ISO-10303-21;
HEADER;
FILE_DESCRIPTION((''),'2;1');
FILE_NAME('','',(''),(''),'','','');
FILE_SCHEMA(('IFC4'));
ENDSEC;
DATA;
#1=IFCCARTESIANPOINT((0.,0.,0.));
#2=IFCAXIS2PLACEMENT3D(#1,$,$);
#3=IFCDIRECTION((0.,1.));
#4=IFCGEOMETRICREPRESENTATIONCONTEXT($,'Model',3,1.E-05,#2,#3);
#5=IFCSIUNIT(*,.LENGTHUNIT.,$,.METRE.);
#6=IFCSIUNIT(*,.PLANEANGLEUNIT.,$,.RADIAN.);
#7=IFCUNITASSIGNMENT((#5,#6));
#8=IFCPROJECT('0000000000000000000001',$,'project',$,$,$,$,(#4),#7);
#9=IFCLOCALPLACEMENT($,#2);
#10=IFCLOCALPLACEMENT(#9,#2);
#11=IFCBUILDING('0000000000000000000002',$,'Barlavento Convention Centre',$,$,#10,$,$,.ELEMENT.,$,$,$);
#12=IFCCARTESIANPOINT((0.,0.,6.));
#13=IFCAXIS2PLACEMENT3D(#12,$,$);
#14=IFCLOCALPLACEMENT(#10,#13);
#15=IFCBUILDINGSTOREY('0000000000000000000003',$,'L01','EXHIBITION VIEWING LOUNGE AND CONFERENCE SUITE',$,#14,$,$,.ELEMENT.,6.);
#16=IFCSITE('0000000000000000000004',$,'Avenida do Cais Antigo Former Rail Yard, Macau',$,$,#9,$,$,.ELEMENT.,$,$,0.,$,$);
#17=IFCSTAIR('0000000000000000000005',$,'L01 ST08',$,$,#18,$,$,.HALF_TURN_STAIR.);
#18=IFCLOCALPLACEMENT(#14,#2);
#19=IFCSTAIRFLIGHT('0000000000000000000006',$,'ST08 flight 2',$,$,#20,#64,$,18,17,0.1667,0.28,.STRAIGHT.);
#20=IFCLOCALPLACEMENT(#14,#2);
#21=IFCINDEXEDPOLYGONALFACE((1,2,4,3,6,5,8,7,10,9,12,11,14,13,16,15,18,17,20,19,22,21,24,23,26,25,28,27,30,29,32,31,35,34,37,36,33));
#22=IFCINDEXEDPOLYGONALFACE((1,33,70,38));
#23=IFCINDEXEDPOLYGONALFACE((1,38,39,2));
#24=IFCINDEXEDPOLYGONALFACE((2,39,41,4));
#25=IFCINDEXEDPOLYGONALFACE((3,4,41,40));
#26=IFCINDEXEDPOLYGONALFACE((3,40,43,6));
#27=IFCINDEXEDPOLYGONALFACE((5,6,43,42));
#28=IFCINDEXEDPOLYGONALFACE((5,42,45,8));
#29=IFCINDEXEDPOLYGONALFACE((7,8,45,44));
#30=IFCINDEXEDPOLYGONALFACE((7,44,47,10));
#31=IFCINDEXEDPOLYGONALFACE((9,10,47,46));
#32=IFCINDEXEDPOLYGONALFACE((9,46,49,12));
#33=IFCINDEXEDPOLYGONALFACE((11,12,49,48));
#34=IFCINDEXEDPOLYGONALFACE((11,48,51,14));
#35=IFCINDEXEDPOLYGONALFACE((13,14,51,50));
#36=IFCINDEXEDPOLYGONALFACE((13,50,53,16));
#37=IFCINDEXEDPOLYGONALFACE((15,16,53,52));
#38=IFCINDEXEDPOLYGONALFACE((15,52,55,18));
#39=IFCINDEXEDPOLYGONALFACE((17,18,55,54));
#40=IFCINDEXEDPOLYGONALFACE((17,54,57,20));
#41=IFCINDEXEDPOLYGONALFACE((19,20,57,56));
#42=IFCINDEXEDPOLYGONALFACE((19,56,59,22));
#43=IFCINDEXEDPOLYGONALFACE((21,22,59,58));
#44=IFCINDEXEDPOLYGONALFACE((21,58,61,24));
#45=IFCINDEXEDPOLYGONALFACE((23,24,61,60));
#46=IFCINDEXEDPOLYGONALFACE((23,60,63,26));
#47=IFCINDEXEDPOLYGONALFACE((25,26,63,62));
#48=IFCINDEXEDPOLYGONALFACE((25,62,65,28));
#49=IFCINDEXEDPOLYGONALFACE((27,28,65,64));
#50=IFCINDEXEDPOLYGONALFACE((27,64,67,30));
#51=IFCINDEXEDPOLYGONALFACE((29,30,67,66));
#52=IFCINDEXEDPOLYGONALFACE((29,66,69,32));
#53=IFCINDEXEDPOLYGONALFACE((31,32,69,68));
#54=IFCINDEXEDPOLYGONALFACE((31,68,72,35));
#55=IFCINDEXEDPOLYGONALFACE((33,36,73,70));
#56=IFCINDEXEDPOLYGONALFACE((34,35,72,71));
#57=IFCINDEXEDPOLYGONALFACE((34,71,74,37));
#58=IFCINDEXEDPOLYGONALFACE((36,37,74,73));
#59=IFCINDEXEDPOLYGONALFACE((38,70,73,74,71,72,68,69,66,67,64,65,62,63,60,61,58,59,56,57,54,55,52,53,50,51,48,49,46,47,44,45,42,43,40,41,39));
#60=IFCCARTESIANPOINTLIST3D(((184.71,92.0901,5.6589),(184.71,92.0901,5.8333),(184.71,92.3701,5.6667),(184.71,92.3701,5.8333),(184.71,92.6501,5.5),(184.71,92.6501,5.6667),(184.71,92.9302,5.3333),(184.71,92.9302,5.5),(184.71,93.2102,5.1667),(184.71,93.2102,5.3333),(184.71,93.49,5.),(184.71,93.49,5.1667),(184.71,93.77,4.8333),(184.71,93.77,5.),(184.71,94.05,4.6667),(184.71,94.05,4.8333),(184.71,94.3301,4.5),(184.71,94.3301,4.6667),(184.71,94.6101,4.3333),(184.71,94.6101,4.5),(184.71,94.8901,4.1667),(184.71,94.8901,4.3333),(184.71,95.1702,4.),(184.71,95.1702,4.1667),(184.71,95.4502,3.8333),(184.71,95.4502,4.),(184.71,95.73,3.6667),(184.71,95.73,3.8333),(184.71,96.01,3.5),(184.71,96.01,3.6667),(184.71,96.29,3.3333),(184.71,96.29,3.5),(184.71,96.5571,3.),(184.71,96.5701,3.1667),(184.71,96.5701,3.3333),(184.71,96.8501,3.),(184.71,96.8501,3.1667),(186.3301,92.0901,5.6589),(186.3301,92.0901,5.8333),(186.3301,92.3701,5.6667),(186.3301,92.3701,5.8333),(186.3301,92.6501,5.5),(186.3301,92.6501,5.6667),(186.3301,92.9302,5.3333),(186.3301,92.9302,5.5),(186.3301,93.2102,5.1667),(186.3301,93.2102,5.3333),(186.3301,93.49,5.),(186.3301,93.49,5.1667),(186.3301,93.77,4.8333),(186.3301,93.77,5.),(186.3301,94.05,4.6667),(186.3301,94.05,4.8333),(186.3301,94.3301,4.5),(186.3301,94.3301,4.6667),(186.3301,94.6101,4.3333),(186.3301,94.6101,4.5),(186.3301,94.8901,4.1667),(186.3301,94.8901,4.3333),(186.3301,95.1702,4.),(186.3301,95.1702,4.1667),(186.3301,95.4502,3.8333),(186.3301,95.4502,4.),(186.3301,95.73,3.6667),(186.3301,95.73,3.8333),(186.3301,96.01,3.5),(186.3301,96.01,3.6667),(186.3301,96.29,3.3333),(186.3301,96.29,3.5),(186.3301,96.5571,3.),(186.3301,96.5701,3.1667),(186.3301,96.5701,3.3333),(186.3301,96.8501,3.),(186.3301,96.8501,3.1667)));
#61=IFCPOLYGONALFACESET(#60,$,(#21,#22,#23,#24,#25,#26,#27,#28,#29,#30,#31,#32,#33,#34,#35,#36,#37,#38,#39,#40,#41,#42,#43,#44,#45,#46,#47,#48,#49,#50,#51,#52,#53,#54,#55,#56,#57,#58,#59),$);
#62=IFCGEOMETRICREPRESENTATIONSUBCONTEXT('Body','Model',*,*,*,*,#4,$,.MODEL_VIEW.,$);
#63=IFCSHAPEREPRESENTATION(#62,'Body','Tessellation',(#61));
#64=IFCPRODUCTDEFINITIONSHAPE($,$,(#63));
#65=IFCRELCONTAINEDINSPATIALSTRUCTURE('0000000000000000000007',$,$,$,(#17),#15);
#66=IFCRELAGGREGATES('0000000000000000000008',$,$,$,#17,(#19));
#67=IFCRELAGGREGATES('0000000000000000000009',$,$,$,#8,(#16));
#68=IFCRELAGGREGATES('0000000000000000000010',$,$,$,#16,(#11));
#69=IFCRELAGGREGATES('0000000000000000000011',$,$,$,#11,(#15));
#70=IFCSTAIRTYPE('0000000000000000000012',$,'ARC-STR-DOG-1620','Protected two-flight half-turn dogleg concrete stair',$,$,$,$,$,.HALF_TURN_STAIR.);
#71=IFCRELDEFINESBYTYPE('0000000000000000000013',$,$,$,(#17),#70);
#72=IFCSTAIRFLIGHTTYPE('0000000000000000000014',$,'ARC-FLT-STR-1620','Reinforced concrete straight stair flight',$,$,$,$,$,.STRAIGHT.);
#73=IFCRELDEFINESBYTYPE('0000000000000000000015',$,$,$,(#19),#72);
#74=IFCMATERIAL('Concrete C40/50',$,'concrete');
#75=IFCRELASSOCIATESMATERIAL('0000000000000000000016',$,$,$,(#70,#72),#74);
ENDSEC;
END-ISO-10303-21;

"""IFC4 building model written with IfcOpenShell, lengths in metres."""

from ifc_helpers import new_model, si_unit, direction, frame, origin, place, context, subcontext, project, spatial, polyline, outline, extrude, material, type_object, element, aggregate, save


model = new_model("IFC4")

# Units and contexts
model_context = context("Model", 3, precision=1e-05, world=origin(), true_north=direction((0.0, 1.0)))
body_context = subcontext(model_context, "Body", "Model", "MODEL_VIEW")
ifc_project = project(units=[si_unit("LENGTHUNIT", "METRE"), si_unit("PLANEANGLEUNIT", "RADIAN")], contexts=[model_context])

# Site, building, storey
site_placement = place(None, origin())
site = spatial("IfcSite", under=ifc_project, at=site_placement, Name="Avenida do Cais Antigo Former Rail Yard, Macau", CompositionType="ELEMENT", RefElevation=0.0)
building_placement = place(site_placement, origin())
building = spatial("IfcBuilding", under=site, at=building_placement, Name="Barlavento Convention Centre", CompositionType="ELEMENT")
storey_placement = place(building_placement, frame((0.0, 0.0, 6.0)))
storey = spatial("IfcBuildingStorey", under=building, at=storey_placement, Name="L01", Description="EXHIBITION VIEWING LOUNGE AND CONFERENCE SUITE", CompositionType="ELEMENT", Elevation=6.0)

# Stair, stair flight
ifc_material_1 = material(Name="Concrete C40/50", Category="concrete")
stair_type = type_object("IfcStairType", Name="ARC-STR-DOG-1620", Description="Protected two-flight half-turn dogleg concrete stair", PredefinedType="HALF_TURN_STAIR", material=ifc_material_1)
stair_placement = place(storey_placement, origin())
stair = element("IfcStair", 1, at=stair_placement, inside=storey, type_object=stair_type, Name="L01 ST08", PredefinedType="HALF_TURN_STAIR")
stair_flight_type = type_object("IfcStairFlightType", Name="ARC-FLT-STR-1620", Description="Reinforced concrete straight stair flight", PredefinedType="STRAIGHT", material=ifc_material_1)
stair_flight_1_placement = place(storey_placement, frame((185.52, 96.8501, 3.0), z_axis=(0.0, 0.0, 1.0), x_axis=(0.0, -1.0, 0.0)))
stair_flight_1 = element("IfcStairFlight", 2, at=stair_flight_1_placement, type_object=stair_flight_type, Name="ST08 flight 2", NumberOfRisers=18, NumberOfTreads=17, PredefinedType="STRAIGHT", RiserHeight=0.1667, TreadLength=0.28, context=body_context, shape_type="SweptSolid", body=[
    extrude(outline(polyline([(0.0, 0.0), (0.0, 0.1667), (0.28, 0.1667), (0.28, 0.3333), (0.5601, 0.3333), (0.5601, 0.5), (0.8401, 0.5), (0.8401, 0.6667), (1.1201, 0.6667), (1.1201, 0.8333), (1.3999, 0.8333), (1.3999, 1.0), (1.6799, 1.0), (1.6799, 1.1667), (1.96, 1.1667), (1.96, 1.3333), (2.24, 1.3333), (2.24, 1.5), (2.52, 1.5), (2.52, 1.6667), (2.8, 1.6667), (2.8, 1.8333), (3.0801, 1.8333), (3.0801, 2.0), (3.3601, 2.0), (3.3601, 2.1667), (3.6399, 2.1667), (3.6399, 2.3333), (3.9199, 2.3333), (3.9199, 2.5), (4.2, 2.5), (4.2, 2.6667), (4.48, 2.6667), (4.48, 2.8333), (4.76, 2.8333), (4.76, 3.0), (4.76, 2.6589), (0.293, 0.0), (0.0, 0.0)])), frame((0.0, 0.8101, 0.0), z_axis=(0.0, -1.0, 0.0), x_axis=(1.0, 0.0, 0.0)), (0.0, 0.0, 1.0), 1.6201),
])
aggregate(stair, [stair_flight_1])

save(model, "model.ifc")
